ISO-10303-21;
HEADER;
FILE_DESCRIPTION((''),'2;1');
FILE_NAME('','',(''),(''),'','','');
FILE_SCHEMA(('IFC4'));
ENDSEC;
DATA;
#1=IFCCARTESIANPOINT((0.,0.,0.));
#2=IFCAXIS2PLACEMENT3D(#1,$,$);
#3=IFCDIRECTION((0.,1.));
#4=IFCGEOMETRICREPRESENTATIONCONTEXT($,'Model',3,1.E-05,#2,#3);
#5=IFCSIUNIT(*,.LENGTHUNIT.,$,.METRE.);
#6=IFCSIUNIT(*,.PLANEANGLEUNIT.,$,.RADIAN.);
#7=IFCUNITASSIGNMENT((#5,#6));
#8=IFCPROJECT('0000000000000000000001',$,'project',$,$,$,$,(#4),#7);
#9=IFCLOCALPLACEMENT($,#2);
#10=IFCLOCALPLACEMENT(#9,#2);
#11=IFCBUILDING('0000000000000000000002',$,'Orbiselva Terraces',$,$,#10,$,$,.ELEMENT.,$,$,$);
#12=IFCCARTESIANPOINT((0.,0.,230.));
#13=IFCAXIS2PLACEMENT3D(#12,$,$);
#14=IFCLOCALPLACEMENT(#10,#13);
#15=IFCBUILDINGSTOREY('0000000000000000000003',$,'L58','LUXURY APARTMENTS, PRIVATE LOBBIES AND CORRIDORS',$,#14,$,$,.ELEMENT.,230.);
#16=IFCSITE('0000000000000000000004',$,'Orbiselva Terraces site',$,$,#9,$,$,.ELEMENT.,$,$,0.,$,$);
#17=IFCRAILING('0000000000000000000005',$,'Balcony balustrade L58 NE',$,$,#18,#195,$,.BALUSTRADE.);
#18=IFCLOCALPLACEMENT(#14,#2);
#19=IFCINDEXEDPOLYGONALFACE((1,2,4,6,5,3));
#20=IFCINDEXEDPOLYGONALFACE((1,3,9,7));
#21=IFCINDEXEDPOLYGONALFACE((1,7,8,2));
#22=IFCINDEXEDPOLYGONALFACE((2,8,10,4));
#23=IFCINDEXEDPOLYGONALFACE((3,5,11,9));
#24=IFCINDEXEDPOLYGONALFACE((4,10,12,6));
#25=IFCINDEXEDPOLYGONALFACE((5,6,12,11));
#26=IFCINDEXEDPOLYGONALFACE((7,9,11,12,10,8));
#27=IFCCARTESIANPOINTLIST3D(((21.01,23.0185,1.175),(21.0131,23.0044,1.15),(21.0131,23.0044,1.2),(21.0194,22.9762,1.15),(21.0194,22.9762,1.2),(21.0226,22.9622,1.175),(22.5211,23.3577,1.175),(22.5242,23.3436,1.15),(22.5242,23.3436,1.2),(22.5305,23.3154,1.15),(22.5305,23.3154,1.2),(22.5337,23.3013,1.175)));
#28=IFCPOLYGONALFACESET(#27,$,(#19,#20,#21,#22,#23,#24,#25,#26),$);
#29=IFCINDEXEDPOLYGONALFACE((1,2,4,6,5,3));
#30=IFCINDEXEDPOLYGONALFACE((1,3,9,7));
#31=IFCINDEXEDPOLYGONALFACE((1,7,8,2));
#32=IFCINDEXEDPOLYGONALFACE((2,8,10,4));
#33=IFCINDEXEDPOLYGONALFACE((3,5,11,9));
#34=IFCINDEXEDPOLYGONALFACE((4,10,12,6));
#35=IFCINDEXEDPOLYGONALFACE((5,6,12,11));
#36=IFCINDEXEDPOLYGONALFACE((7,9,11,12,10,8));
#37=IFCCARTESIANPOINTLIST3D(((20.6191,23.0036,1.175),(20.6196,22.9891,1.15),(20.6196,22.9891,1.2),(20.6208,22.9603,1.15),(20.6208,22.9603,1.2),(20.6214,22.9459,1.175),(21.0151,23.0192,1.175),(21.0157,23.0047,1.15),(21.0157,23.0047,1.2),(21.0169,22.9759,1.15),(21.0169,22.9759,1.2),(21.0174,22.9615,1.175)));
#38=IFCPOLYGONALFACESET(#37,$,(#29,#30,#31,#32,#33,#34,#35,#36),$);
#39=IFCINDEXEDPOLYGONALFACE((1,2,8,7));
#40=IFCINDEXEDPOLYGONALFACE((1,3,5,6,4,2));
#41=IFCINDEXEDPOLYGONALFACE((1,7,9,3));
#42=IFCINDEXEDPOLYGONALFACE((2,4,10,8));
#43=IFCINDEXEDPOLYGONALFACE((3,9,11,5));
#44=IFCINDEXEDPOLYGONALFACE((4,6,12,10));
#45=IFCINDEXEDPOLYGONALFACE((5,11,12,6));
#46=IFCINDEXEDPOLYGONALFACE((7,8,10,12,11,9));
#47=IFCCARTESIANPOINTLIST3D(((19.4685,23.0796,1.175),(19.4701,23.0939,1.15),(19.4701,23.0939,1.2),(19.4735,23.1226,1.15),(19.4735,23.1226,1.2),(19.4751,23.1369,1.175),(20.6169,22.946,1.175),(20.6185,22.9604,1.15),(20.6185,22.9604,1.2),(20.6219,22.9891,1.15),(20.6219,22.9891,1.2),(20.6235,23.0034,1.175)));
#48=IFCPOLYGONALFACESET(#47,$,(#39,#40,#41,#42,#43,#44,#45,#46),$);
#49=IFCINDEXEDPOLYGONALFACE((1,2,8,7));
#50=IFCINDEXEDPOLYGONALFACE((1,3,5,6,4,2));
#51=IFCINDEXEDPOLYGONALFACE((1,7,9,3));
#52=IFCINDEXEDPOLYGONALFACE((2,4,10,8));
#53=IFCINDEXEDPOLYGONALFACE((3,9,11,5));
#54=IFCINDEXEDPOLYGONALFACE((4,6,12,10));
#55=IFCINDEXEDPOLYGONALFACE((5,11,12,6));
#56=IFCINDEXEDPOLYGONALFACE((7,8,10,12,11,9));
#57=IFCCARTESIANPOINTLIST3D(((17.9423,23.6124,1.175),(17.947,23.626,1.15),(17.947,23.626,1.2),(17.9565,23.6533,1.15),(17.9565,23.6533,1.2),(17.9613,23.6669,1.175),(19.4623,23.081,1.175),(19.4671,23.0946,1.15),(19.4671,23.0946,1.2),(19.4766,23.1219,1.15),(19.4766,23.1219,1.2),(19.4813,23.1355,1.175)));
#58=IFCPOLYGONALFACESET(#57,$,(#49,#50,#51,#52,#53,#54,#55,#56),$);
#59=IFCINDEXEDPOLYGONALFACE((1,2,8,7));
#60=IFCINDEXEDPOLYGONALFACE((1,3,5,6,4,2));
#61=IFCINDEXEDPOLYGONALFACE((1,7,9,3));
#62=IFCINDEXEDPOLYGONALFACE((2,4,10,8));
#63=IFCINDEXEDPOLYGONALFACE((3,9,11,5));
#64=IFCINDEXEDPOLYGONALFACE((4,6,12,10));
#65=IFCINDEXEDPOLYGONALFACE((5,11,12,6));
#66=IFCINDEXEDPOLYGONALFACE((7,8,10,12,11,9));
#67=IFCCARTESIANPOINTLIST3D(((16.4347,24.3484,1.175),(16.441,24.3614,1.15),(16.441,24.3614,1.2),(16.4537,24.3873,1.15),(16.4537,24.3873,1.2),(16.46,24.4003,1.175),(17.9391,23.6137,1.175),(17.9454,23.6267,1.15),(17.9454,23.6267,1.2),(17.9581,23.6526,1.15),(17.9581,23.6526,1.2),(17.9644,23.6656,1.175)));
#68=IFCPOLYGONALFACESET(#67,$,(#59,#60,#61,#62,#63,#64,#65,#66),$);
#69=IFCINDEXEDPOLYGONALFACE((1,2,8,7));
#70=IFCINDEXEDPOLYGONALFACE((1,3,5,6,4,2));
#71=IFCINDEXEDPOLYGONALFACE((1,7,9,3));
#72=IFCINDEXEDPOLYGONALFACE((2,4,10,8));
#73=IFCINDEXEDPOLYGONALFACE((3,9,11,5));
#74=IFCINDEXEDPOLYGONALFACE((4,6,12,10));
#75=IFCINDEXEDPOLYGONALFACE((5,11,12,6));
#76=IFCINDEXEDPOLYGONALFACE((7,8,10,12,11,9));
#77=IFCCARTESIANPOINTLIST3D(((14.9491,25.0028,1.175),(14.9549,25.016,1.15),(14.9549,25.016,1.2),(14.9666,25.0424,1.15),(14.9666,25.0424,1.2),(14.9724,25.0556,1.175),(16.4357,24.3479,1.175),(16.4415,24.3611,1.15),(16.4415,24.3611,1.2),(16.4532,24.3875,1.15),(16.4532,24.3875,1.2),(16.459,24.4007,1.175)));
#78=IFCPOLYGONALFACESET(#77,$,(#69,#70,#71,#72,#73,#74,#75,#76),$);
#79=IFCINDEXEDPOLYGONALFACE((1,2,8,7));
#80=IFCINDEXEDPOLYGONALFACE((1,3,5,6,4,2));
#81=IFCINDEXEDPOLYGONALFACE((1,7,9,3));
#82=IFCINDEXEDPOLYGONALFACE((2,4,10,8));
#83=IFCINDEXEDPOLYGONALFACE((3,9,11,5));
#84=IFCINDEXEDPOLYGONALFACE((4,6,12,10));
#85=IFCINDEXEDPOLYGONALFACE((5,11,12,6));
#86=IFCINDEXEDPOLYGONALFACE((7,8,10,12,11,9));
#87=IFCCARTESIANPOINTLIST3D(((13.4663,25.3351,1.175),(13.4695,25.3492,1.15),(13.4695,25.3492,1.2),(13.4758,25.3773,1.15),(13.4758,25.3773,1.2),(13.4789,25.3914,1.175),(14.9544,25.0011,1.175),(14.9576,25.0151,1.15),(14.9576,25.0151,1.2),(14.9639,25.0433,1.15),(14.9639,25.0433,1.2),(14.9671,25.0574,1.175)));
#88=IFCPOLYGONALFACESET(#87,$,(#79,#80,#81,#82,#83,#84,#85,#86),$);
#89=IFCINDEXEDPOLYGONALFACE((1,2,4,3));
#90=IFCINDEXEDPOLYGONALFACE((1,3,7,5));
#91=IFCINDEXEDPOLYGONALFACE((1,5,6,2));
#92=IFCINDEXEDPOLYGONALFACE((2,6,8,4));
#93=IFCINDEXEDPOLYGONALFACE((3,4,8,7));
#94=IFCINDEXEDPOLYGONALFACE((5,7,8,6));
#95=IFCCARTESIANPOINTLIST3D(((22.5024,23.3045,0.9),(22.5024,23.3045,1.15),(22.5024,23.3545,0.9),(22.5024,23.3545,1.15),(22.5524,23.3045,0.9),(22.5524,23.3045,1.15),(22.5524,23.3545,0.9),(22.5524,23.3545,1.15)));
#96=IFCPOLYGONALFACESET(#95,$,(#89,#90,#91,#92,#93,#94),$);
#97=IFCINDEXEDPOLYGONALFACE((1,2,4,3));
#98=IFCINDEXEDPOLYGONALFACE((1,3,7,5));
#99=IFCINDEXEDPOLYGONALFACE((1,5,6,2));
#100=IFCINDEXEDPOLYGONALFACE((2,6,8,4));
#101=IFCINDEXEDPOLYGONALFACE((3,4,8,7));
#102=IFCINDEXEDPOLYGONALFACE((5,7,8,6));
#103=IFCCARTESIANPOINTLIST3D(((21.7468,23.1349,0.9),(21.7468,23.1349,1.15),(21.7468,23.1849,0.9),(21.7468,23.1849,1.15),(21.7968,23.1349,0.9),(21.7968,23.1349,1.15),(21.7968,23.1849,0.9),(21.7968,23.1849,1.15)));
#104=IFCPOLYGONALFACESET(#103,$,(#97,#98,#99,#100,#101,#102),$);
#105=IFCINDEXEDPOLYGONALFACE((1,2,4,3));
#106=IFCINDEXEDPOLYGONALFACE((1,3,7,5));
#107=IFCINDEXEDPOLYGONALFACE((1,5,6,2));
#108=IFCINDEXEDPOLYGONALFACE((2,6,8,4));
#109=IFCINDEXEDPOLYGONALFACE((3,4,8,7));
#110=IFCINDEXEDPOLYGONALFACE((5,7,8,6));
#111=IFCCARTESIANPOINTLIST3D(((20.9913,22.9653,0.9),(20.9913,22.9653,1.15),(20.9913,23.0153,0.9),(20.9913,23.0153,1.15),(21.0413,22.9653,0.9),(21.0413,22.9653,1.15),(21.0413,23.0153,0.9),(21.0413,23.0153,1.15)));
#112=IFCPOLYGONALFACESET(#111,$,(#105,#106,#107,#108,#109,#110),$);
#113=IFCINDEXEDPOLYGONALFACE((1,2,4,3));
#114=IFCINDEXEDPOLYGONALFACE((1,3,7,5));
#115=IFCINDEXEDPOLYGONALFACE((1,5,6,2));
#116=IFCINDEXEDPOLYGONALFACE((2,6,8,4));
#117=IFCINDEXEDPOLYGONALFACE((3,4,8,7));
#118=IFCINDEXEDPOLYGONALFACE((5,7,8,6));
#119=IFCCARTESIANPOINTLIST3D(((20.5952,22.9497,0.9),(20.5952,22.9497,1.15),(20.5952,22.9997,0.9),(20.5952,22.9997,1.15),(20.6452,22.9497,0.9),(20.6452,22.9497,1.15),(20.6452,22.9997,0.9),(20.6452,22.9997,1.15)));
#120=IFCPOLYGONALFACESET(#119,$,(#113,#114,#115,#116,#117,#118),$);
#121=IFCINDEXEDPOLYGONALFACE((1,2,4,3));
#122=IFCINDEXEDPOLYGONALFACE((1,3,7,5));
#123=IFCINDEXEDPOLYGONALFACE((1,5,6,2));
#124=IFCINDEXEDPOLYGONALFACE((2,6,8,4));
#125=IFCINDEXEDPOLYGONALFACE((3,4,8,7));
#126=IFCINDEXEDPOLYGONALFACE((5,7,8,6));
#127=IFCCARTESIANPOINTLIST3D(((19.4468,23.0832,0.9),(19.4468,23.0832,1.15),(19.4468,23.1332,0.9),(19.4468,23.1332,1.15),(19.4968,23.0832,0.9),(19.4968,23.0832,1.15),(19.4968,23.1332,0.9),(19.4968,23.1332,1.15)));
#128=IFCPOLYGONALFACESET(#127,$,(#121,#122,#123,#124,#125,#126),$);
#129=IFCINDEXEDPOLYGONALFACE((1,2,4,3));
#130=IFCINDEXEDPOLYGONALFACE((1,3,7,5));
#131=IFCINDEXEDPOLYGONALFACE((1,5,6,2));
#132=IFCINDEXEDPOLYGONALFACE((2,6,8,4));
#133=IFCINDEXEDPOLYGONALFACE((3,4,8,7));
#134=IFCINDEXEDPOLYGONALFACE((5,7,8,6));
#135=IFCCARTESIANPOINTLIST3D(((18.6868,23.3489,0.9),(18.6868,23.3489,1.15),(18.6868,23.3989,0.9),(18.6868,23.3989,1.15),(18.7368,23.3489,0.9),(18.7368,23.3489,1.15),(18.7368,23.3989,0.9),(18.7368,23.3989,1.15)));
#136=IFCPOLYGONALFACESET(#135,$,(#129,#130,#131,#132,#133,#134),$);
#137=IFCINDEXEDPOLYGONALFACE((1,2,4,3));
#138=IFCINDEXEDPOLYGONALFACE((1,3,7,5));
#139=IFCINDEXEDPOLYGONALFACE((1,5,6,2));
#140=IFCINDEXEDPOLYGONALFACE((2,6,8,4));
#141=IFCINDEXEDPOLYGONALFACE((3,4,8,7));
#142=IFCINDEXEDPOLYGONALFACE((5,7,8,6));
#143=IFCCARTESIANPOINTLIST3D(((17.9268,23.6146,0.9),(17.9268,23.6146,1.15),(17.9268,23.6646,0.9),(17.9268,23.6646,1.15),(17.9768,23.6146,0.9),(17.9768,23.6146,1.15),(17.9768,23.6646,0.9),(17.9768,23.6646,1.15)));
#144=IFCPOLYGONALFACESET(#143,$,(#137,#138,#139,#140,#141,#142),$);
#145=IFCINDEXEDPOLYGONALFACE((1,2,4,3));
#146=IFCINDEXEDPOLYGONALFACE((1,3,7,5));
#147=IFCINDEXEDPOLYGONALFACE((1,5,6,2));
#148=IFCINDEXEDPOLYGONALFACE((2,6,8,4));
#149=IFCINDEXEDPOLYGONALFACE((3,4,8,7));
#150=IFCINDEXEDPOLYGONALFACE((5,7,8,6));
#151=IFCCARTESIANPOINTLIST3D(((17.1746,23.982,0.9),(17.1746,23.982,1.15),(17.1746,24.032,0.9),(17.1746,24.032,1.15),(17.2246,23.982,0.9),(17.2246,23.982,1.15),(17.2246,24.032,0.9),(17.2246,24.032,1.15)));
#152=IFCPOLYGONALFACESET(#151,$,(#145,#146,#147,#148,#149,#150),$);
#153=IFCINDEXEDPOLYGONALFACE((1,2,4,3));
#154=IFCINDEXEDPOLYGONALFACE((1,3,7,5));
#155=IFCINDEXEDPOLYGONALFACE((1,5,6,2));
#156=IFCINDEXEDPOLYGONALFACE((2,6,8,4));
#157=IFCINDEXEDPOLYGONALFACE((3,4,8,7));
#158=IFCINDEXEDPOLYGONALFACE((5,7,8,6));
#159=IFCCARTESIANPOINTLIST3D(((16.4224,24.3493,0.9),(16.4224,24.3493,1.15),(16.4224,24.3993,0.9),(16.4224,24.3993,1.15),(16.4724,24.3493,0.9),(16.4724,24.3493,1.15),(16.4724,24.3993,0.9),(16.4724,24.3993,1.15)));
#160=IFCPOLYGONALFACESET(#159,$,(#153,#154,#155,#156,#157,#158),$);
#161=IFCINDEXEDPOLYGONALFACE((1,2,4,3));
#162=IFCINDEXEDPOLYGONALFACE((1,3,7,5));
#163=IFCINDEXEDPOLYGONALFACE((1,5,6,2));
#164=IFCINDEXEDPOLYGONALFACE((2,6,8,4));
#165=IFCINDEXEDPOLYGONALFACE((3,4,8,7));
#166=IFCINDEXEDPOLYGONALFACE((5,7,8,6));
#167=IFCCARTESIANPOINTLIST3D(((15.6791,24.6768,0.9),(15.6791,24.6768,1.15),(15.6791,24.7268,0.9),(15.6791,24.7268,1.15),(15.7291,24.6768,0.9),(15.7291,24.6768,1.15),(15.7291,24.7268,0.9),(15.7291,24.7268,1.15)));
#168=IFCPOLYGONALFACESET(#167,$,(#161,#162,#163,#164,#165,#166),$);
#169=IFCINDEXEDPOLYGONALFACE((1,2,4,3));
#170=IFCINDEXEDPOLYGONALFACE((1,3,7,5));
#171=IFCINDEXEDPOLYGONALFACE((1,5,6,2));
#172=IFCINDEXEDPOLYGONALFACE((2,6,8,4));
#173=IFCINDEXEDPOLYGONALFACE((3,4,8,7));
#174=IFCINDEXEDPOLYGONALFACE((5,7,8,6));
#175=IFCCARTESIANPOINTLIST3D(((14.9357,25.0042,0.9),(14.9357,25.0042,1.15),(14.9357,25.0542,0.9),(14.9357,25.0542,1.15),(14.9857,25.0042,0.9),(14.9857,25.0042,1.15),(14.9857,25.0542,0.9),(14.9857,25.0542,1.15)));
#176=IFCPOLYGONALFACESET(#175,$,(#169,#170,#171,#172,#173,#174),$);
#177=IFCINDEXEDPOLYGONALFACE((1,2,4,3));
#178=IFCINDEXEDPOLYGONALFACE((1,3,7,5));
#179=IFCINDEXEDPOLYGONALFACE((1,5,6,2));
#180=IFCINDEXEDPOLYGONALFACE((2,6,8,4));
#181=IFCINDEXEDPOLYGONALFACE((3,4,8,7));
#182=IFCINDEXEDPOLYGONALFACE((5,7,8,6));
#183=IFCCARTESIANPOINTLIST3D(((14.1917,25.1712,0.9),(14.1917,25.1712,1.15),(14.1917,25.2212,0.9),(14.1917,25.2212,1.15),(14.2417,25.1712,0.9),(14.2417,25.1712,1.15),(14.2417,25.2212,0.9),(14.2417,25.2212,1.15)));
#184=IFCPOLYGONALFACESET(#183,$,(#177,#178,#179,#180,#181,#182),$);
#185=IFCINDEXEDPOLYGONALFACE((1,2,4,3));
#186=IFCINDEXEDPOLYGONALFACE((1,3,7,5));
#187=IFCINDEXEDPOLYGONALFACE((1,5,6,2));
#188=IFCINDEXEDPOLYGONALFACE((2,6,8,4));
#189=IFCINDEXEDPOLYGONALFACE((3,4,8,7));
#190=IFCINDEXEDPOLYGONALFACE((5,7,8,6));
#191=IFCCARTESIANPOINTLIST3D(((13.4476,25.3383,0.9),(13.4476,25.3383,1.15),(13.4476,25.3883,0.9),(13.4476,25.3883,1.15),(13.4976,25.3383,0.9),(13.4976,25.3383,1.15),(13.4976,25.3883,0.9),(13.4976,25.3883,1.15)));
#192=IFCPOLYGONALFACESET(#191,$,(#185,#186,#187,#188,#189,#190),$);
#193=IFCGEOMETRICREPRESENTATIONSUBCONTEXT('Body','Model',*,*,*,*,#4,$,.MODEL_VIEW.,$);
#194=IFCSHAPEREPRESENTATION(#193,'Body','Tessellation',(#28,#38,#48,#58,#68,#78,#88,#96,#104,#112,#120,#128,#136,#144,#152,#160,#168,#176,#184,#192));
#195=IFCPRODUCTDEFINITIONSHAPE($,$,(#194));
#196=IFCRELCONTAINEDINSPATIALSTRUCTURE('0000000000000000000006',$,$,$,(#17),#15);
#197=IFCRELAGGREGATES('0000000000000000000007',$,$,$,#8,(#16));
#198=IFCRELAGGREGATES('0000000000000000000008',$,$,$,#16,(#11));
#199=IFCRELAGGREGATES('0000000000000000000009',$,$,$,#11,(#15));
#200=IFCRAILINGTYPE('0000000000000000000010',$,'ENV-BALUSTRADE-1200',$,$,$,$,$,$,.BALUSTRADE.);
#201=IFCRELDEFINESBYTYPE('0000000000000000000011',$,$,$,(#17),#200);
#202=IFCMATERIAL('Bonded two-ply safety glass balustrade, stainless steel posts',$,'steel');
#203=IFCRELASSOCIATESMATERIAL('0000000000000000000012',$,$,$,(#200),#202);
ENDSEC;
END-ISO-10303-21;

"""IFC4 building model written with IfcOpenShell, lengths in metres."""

from ifc_helpers import new_model, si_unit, direction, frame, origin, origin_2d, place, context, subcontext, project, spatial, polyline, rectangle, outline, extrude, material, type_object, element, save


model = new_model("IFC4")

# Units and contexts
model_context = context("Model", 3, precision=1e-05, world=origin(), true_north=direction((0.0, 1.0)))
body_context = subcontext(model_context, "Body", "Model", "MODEL_VIEW")
ifc_project = project(units=[si_unit("LENGTHUNIT", "METRE"), si_unit("PLANEANGLEUNIT", "RADIAN")], contexts=[model_context])

# Site, building, storey
site_placement = place(None, origin())
site = spatial("IfcSite", under=ifc_project, at=site_placement, Name="Orbiselva Terraces site", CompositionType="ELEMENT", RefElevation=0.0)
building_placement = place(site_placement, origin())
building = spatial("IfcBuilding", under=site, at=building_placement, Name="Orbiselva Terraces", CompositionType="ELEMENT")
storey_placement = place(building_placement, frame((0.0, 0.0, 230.0)))
storey = spatial("IfcBuildingStorey", under=building, at=storey_placement, Name="L58", Description="LUXURY APARTMENTS, PRIVATE LOBBIES AND CORRIDORS", CompositionType="ELEMENT", Elevation=230.0)

# Railing
ifc_material_1 = material(Name="Bonded two-ply safety glass balustrade, stainless steel posts", Category="steel")
railing_type_1 = type_object("IfcRailingType", Name="ENV-BALUSTRADE-1200", PredefinedType="BALUSTRADE", material=ifc_material_1)
railing_1_placement = place(storey_placement, frame((22.5274, 23.3295, 0.9)))
element("IfcRailing", 1, at=railing_1_placement, inside=storey, type_object=railing_type_1, Name="Balcony balustrade L58 NE", PredefinedType="BALUSTRADE", context=body_context, shape_type="SweptSolid", body=[
    extrude(outline(polyline([(0.0289, 0.0), (0.0144, 0.025), (-0.0144, 0.025), (-0.0289, 0.0), (-0.0144, -0.025), (0.0144, -0.025), (0.0289, 0.0)])), frame((0.0, 0.0, 0.275), z_axis=(-0.975721, -0.219015, 0.0), x_axis=(0.219015, -0.975721, 0.0)), (0.0, 0.0, 1.0), 1.5487),
    extrude(outline(polyline([(0.0289, 0.0), (0.0144, 0.025), (-0.0144, 0.025), (-0.0289, 0.0), (-0.0144, -0.025), (0.0144, -0.025), (0.0289, 0.0)])), frame((-1.5111, -0.3392, 0.275), z_axis=(-0.999225, -0.039369, 0.0), x_axis=(0.039369, -0.999225, 0.0)), (0.0, 0.0, 1.0), 0.3964),
    extrude(outline(polyline([(0.0289, 0.0), (0.0144, 0.025), (-0.0144, 0.025), (-0.0289, 0.0), (-0.0144, -0.025), (0.0144, -0.025), (0.0289, 0.0)])), frame((-1.9072, -0.3548, 0.275), z_axis=(-0.99331, 0.115482, 0.0), x_axis=(-0.115482, -0.99331, 0.0)), (0.0, 0.0, 1.0), 1.1561),
    extrude(outline(polyline([(0.0289, 0.0), (0.0144, 0.025), (-0.0144, 0.025), (-0.0289, 0.0), (-0.0144, -0.025), (0.0144, -0.025), (0.0289, 0.0)])), frame((-3.0556, -0.2213, 0.275), z_axis=(-0.943972, 0.330025, 0.0), x_axis=(-0.330025, -0.943972, 0.0)), (0.0, 0.0, 1.0), 1.6103),
    extrude(outline(polyline([(0.0289, 0.0), (0.0144, 0.025), (-0.0144, 0.025), (-0.0289, 0.0), (-0.0144, -0.025), (0.0144, -0.025), (0.0289, 0.0)])), frame((-4.5756, 0.3101, 0.275), z_axis=(-0.898579, 0.438812, 0.0), x_axis=(-0.438812, -0.898579, 0.0)), (0.0, 0.0, 1.0), 1.6742),
    extrude(outline(polyline([(0.0289, 0.0), (0.0144, 0.025), (-0.0144, 0.025), (-0.0289, 0.0), (-0.0144, -0.025), (0.0144, -0.025), (0.0289, 0.0)])), frame((-6.08, 1.0448, 0.275), z_axis=(-0.915133, 0.403151, 0.0), x_axis=(-0.403151, -0.915133, 0.0)), (0.0, 0.0, 1.0), 1.6245),
    extrude(outline(polyline([(0.0289, 0.0), (0.0144, 0.025), (-0.0144, 0.025), (-0.0289, 0.0), (-0.0144, -0.025), (0.0144, -0.025), (0.0289, 0.0)])), frame((-7.5666, 1.6997, 0.275), z_axis=(-0.975721, 0.219016, 0.0), x_axis=(-0.219016, -0.975721, 0.0)), (0.0, 0.0, 1.0), 1.5252),
    extrude(rectangle(XDim=0.05, YDim=0.05, at=origin_2d()), origin(), (0.0, 0.0, 1.0), 0.25),
    extrude(rectangle(XDim=0.05, YDim=0.05, at=origin_2d()), frame((-0.7555, -0.1696, 0.0)), (0.0, 0.0, 1.0), 0.25),
    extrude(rectangle(XDim=0.05, YDim=0.05, at=origin_2d()), frame((-1.5111, -0.3392, 0.0)), (0.0, 0.0, 1.0), 0.25),
    extrude(rectangle(XDim=0.05, YDim=0.05, at=origin_2d()), frame((-1.9072, -0.3548, 0.0)), (0.0, 0.0, 1.0), 0.25),
    extrude(rectangle(XDim=0.05, YDim=0.05, at=origin_2d()), frame((-3.0556, -0.2213, 0.0)), (0.0, 0.0, 1.0), 0.25),
    extrude(rectangle(XDim=0.05, YDim=0.05, at=origin_2d()), frame((-3.8156, 0.0444, 0.0)), (0.0, 0.0, 1.0), 0.25),
    extrude(rectangle(XDim=0.05, YDim=0.05, at=origin_2d()), frame((-4.5756, 0.3101, 0.0)), (0.0, 0.0, 1.0), 0.25),
    extrude(rectangle(XDim=0.05, YDim=0.05, at=origin_2d()), frame((-5.3278, 0.6775, 0.0)), (0.0, 0.0, 1.0), 0.25),
    extrude(rectangle(XDim=0.05, YDim=0.05, at=origin_2d()), frame((-6.08, 1.0448, 0.0)), (0.0, 0.0, 1.0), 0.25),
    extrude(rectangle(XDim=0.05, YDim=0.05, at=origin_2d()), frame((-6.8233, 1.3723, 0.0)), (0.0, 0.0, 1.0), 0.25),
    extrude(rectangle(XDim=0.05, YDim=0.05, at=origin_2d()), frame((-7.5666, 1.6997, 0.0)), (0.0, 0.0, 1.0), 0.25),
    extrude(rectangle(XDim=0.05, YDim=0.05, at=origin_2d()), frame((-8.3107, 1.8667, 0.0)), (0.0, 0.0, 1.0), 0.25),
    extrude(rectangle(XDim=0.05, YDim=0.05, at=origin_2d()), frame((-9.0548, 2.0338, 0.0)), (0.0, 0.0, 1.0), 0.25),
])

save(model, "model.ifc")
